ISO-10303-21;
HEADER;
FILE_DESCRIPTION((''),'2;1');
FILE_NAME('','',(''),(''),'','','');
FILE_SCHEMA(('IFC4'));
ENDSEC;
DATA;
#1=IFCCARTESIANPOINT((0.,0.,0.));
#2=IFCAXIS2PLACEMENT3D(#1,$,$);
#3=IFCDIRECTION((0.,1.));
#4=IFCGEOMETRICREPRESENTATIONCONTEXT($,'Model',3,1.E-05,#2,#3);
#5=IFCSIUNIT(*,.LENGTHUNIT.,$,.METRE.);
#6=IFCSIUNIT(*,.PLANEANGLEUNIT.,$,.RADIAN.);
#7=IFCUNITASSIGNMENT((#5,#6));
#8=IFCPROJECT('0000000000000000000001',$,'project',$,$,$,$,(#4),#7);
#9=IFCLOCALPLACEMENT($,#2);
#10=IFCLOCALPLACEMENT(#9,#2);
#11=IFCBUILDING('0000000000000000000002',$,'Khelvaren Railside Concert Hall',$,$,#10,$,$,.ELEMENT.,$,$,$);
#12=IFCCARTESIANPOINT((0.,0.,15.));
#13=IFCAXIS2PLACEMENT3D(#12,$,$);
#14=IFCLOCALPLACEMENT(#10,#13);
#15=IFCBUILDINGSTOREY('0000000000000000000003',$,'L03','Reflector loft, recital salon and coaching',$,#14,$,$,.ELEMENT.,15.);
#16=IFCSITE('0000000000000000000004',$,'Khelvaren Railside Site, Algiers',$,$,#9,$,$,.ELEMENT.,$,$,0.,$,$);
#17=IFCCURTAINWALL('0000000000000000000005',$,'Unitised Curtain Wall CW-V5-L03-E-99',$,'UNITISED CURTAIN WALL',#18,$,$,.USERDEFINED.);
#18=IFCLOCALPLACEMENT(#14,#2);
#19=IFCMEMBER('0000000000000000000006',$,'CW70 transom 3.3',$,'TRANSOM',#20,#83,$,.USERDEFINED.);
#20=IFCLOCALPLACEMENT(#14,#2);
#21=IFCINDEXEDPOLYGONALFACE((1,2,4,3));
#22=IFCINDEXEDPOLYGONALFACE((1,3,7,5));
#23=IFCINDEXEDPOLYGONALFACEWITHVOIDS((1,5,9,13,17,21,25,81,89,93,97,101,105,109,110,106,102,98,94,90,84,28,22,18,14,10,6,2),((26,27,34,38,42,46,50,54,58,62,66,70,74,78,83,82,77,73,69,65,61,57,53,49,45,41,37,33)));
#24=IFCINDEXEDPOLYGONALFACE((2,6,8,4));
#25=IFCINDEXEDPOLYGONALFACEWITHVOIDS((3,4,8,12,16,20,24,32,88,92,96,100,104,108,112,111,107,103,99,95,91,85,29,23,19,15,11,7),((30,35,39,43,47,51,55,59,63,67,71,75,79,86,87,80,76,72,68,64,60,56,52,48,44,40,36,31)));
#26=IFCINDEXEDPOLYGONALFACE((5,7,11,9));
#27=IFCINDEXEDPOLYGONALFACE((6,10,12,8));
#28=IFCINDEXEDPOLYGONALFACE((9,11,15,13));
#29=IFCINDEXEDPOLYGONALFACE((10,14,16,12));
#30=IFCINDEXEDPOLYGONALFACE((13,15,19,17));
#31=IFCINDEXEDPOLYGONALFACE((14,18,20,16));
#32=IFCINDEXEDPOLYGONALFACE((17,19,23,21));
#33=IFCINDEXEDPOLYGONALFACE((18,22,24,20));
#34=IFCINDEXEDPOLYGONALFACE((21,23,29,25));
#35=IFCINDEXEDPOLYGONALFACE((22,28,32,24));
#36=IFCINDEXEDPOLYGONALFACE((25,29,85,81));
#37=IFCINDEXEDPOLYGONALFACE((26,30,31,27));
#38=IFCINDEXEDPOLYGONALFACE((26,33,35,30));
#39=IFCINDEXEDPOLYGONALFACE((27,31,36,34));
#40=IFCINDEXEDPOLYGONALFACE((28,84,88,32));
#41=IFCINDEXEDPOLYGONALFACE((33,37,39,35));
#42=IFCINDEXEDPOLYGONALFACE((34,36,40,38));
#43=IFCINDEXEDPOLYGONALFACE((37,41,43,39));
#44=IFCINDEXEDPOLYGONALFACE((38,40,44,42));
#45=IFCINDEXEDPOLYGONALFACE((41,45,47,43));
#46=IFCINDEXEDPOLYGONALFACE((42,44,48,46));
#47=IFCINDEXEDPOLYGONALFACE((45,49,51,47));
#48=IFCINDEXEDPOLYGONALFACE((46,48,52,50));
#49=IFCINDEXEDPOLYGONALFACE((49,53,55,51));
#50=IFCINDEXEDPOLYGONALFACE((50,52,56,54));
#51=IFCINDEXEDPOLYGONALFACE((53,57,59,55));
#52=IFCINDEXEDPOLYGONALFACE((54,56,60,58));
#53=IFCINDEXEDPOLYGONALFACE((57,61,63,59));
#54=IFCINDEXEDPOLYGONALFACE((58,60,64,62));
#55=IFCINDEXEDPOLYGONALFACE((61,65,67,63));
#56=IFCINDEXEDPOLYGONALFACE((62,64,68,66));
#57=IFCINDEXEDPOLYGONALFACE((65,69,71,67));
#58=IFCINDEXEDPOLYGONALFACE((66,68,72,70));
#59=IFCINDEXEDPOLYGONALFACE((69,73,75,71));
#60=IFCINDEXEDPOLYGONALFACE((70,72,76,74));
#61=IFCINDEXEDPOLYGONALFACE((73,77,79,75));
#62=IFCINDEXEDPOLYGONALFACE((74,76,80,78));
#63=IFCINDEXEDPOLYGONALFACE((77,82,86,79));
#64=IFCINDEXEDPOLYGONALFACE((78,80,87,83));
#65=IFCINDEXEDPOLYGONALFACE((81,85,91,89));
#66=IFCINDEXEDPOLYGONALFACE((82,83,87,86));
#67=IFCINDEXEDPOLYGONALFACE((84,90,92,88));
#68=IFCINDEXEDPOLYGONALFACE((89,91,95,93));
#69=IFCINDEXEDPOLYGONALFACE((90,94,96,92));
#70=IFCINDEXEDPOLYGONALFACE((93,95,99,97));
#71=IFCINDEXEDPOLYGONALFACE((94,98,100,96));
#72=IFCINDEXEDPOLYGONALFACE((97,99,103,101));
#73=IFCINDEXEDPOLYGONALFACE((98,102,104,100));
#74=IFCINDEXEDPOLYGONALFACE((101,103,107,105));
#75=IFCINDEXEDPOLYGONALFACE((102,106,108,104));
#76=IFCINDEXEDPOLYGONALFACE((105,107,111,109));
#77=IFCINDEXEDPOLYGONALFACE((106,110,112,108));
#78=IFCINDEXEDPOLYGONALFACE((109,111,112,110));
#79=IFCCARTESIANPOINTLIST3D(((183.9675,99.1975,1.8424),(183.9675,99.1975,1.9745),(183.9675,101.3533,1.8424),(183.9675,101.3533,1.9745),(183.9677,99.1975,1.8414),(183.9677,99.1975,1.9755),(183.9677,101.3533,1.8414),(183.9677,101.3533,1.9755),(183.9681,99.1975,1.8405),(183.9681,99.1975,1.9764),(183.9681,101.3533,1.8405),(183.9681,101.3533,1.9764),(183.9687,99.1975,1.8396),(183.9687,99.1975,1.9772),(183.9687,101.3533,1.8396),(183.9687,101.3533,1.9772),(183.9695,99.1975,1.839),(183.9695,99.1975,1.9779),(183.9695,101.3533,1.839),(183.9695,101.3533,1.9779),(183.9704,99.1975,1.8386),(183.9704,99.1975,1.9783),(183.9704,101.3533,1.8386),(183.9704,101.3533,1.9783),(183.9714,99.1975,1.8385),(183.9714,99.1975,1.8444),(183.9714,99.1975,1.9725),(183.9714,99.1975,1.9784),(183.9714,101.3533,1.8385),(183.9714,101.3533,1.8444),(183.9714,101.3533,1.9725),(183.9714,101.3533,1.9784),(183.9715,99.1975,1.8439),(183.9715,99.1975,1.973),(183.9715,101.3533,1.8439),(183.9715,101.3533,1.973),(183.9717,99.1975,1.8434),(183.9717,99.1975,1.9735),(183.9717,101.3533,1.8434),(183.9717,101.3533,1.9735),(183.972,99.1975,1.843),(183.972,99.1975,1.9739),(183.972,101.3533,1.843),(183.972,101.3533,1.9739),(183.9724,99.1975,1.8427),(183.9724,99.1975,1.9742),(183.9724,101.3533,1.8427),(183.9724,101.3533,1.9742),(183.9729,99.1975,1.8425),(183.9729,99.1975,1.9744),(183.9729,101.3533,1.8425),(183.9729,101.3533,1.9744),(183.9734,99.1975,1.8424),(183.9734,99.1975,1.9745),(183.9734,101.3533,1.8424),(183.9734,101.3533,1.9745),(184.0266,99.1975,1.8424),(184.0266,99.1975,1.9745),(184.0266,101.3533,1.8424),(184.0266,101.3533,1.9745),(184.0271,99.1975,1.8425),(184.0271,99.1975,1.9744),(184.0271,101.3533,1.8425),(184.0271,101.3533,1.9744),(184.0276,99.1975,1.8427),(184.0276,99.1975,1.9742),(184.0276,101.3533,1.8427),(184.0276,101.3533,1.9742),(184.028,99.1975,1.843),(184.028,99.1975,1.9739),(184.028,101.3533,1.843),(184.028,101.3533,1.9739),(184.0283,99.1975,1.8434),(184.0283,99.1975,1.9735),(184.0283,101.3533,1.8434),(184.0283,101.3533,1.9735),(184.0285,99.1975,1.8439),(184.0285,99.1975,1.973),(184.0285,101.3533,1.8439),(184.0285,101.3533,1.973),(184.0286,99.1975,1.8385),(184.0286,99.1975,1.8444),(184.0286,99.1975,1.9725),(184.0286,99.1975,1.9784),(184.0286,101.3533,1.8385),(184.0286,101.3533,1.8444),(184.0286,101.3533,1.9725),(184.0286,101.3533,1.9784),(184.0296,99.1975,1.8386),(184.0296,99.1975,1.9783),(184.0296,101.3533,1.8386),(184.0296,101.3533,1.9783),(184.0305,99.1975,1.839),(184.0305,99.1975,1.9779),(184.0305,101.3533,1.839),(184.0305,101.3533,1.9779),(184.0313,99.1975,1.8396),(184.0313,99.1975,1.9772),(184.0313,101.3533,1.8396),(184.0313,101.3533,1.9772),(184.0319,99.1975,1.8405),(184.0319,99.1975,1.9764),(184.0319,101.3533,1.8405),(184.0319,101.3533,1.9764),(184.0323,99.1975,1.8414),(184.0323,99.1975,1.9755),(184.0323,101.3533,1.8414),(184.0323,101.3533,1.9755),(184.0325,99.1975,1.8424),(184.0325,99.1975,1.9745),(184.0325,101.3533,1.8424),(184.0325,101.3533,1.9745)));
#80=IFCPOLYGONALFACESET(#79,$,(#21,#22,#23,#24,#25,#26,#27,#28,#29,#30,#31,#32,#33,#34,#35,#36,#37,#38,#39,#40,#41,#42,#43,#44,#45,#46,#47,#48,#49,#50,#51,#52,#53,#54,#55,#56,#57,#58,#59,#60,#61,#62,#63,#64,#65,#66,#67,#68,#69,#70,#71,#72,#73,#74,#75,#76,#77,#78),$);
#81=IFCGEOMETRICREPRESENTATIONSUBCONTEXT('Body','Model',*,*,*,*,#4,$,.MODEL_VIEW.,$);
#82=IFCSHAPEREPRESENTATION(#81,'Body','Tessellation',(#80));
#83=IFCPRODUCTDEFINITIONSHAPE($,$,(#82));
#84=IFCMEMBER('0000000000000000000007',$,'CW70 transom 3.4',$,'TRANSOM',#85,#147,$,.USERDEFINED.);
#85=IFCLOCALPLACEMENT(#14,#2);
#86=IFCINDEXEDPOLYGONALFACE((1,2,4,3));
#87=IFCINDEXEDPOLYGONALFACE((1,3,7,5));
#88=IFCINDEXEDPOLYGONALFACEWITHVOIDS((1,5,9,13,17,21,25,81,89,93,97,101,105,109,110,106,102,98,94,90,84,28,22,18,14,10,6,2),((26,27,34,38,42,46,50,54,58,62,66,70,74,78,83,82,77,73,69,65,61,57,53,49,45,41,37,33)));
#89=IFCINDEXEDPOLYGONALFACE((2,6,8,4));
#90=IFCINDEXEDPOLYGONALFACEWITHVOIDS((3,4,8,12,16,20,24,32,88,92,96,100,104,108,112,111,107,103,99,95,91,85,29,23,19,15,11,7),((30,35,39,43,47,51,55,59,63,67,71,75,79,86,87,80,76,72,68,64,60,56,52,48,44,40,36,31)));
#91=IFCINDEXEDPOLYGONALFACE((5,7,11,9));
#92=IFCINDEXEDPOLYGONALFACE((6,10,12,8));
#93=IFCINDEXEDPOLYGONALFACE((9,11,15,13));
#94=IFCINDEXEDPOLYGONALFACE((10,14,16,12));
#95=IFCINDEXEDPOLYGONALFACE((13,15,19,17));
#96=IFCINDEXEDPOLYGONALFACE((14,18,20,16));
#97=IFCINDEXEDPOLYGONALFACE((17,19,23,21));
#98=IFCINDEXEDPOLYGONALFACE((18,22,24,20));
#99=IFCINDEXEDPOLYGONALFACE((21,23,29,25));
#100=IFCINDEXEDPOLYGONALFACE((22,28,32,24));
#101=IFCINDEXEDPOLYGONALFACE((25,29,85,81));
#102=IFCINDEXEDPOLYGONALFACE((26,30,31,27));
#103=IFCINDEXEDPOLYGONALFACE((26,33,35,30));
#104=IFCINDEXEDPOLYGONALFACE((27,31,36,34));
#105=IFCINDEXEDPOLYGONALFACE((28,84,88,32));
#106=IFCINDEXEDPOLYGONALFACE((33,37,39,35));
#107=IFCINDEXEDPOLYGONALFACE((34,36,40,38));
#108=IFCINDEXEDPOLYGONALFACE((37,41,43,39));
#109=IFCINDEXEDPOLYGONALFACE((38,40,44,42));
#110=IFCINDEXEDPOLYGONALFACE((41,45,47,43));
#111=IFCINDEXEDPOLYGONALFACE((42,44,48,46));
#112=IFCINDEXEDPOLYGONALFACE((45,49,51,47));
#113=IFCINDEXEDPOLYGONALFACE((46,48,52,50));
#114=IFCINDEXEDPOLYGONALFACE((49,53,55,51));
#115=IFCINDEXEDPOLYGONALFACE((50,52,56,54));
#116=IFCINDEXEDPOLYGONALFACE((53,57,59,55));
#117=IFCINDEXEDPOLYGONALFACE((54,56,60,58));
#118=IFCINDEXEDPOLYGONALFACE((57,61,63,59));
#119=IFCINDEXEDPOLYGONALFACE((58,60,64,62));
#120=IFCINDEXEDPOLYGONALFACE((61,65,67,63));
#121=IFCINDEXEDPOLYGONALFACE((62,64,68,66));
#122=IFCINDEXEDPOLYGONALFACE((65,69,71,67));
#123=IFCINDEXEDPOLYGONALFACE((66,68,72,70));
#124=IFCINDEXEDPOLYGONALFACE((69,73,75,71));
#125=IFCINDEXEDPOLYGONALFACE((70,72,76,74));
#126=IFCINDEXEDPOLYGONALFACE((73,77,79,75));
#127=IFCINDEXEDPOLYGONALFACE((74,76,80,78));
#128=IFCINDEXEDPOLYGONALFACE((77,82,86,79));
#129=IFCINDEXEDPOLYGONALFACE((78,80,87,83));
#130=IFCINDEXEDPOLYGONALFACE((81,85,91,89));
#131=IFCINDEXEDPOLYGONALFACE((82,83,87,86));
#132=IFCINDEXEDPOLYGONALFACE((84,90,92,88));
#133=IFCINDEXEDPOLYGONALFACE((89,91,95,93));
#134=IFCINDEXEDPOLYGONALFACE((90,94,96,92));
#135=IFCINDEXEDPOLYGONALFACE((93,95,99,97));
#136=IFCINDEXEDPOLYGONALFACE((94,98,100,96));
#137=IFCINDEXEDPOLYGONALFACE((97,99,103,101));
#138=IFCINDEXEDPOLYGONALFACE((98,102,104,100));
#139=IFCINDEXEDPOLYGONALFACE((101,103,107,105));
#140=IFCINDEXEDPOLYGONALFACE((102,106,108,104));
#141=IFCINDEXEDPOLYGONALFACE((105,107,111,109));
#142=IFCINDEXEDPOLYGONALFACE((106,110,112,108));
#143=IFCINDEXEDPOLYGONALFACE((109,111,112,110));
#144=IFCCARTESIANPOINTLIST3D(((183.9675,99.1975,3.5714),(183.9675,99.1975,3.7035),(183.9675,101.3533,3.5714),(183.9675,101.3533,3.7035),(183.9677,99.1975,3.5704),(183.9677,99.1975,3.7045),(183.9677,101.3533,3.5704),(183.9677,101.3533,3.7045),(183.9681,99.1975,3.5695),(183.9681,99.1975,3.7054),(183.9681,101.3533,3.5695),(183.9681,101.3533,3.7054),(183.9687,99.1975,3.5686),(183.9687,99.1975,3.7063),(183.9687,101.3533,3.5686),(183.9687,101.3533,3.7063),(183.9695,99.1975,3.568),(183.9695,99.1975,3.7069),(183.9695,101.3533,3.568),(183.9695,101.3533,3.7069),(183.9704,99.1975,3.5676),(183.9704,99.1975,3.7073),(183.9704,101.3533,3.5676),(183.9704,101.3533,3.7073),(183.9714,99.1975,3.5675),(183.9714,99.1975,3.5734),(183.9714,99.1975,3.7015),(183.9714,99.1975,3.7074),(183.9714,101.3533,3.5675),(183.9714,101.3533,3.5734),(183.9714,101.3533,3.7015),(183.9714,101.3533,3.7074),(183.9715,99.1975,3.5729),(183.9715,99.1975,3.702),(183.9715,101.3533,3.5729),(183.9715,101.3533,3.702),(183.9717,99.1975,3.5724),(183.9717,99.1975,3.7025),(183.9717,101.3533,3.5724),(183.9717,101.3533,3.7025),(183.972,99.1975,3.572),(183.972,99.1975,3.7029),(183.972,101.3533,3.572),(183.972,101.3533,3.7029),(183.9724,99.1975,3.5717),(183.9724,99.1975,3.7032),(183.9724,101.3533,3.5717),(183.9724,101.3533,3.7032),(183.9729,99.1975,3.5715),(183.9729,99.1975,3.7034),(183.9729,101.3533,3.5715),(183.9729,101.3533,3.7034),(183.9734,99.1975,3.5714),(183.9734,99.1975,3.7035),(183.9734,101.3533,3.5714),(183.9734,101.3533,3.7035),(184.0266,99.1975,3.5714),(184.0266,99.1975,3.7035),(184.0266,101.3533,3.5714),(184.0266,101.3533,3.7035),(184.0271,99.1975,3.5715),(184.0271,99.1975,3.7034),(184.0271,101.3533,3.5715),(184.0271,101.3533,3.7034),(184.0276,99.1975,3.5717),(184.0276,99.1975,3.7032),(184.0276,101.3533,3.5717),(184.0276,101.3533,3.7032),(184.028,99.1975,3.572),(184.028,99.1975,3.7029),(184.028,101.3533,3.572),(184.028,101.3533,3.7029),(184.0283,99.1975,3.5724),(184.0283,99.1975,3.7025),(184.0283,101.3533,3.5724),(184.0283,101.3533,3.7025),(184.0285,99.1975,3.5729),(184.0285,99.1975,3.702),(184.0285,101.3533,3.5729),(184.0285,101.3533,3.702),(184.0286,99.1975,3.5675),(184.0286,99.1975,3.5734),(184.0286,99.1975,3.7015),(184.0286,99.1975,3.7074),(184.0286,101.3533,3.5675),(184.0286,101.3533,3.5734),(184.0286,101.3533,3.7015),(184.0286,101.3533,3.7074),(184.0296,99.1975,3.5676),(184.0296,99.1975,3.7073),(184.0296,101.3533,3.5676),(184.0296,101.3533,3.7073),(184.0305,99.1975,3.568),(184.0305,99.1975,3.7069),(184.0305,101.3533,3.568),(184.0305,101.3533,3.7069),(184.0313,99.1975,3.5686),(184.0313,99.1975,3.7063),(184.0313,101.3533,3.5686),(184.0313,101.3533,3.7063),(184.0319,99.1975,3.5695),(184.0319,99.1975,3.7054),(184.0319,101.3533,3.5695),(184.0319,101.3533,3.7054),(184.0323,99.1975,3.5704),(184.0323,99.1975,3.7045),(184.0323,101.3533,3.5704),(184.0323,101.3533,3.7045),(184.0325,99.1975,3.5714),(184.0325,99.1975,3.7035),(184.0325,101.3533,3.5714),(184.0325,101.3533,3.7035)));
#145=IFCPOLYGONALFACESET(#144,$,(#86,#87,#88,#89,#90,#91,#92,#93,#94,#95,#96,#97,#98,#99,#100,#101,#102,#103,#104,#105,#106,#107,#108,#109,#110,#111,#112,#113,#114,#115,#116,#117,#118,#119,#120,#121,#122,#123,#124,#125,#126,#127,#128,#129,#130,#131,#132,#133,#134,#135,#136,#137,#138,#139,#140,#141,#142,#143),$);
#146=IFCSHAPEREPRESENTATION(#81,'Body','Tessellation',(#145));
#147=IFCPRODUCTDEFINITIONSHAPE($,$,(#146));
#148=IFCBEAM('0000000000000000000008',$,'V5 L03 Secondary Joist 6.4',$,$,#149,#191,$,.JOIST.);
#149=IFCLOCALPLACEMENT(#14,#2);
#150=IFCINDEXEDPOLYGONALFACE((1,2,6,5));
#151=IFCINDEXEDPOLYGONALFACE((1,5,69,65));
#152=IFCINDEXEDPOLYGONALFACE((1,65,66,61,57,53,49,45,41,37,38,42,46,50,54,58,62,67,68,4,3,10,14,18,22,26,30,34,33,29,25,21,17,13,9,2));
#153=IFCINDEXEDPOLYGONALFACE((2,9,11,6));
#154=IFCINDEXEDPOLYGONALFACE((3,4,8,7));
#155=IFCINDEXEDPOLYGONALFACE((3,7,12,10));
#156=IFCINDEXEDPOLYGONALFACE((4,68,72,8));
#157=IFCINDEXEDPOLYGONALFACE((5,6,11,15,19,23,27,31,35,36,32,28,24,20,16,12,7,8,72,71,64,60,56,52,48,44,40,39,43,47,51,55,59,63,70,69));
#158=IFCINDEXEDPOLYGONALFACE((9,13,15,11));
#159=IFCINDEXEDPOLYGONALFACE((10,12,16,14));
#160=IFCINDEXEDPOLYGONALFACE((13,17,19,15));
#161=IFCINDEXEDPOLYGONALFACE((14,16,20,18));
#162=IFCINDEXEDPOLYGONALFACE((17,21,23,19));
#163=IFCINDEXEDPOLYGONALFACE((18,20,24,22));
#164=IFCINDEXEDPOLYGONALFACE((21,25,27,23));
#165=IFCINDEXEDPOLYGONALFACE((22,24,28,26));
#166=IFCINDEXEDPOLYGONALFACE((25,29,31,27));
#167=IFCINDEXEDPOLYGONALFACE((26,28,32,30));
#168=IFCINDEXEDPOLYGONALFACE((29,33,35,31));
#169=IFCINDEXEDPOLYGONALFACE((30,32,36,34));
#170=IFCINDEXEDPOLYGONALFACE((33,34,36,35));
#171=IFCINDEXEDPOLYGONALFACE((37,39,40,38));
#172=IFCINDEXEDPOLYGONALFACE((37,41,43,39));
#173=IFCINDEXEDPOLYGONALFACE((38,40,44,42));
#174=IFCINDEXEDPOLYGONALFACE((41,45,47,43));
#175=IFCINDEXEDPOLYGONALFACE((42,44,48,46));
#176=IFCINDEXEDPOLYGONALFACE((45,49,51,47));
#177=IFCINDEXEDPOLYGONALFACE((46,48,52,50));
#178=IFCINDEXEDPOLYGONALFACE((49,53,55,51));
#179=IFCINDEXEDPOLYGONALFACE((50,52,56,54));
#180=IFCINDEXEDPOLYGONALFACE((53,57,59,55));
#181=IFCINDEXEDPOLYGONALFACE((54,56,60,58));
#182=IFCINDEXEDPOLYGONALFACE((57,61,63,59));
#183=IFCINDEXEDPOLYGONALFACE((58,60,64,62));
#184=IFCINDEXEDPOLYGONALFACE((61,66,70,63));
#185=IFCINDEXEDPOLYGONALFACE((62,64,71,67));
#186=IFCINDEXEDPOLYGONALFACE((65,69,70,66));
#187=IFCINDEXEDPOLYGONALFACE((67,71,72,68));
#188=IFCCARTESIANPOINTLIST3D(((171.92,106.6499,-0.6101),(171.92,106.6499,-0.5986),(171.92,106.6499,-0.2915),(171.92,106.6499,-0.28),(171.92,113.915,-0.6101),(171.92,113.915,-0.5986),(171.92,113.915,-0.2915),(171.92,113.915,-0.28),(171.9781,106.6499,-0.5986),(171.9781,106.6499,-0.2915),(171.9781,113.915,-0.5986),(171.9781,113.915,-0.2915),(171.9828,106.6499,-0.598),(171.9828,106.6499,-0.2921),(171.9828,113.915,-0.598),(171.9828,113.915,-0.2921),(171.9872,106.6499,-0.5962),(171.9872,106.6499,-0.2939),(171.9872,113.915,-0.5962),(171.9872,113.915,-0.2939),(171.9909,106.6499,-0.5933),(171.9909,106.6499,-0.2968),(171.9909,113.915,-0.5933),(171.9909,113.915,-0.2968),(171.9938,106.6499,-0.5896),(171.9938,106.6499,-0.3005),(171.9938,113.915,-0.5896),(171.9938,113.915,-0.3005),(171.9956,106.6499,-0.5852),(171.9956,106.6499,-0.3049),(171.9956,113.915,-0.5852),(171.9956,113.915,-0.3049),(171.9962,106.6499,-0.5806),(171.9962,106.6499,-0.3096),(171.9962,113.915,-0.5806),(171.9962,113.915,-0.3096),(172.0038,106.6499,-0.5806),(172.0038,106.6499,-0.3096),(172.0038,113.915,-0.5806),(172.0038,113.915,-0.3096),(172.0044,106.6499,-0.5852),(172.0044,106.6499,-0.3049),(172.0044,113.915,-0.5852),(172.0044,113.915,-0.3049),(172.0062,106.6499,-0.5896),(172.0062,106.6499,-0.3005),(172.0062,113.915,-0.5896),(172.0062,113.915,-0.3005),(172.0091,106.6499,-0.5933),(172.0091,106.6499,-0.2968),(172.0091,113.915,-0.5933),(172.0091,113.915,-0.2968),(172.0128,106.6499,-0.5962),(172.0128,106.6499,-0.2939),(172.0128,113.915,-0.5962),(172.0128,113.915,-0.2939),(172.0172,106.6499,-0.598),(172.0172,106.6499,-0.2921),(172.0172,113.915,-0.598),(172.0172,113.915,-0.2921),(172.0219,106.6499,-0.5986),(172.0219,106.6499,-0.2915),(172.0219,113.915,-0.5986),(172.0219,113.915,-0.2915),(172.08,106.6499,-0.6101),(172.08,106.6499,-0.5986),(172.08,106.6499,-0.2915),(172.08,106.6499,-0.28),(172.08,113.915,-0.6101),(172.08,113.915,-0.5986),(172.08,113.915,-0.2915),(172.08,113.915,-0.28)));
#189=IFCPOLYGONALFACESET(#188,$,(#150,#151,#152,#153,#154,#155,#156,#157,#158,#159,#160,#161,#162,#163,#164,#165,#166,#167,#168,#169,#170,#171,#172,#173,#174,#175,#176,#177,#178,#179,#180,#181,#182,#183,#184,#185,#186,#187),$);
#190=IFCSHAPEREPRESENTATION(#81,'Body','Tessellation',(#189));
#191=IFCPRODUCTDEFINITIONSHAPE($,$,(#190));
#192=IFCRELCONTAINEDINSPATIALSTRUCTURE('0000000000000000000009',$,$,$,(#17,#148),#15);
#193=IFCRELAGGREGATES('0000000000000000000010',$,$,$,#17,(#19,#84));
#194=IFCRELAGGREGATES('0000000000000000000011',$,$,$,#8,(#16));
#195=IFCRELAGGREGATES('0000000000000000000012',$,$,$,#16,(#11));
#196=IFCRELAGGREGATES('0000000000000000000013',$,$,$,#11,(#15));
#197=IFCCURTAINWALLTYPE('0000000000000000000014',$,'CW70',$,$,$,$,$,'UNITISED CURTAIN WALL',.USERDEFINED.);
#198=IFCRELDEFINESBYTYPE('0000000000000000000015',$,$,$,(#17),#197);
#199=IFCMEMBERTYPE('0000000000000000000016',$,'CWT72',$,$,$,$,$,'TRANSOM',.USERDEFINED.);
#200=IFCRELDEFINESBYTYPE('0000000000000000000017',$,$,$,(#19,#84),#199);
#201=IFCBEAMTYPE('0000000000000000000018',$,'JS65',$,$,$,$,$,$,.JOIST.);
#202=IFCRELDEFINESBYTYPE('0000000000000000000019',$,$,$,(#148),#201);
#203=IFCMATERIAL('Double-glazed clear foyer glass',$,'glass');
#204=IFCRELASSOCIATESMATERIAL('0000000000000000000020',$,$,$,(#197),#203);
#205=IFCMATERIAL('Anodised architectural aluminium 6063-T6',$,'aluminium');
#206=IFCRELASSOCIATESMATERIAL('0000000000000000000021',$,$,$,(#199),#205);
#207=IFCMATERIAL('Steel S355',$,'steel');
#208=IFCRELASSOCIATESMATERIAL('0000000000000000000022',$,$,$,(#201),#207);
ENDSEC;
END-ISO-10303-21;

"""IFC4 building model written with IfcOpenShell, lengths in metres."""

from ifc_helpers import new_model, si_unit, direction, frame, origin, origin_2d, place, context, subcontext, project, spatial, hollow_rectangle, i_section, extrude, material, material_profile, profile_set, type_object, element, aggregate, save


model = new_model("IFC4")

# Units and contexts
model_context = context("Model", 3, precision=1e-05, world=origin(), true_north=direction((0.0, 1.0)))
body_context = subcontext(model_context, "Body", "Model", "MODEL_VIEW")
ifc_project = project(units=[si_unit("LENGTHUNIT", "METRE"), si_unit("PLANEANGLEUNIT", "RADIAN")], contexts=[model_context])

# Site, building, storey
site_placement = place(None, origin())
site = spatial("IfcSite", under=ifc_project, at=site_placement, Name="Khelvaren Railside Site, Algiers", CompositionType="ELEMENT", RefElevation=0.0)
building_placement = place(site_placement, origin())
building = spatial("IfcBuilding", under=site, at=building_placement, Name="Khelvaren Railside Concert Hall", CompositionType="ELEMENT")
storey_placement = place(building_placement, frame((0.0, 0.0, 15.0)))
storey = spatial("IfcBuildingStorey", under=building, at=storey_placement, Name="L03", Description="Reflector loft, recital salon and coaching", CompositionType="ELEMENT", Elevation=15.0)

# Shared definitions
ifc_material_1 = material(Name="Steel S355", Category="steel")

# Curtain wall
ifc_material_2 = material(Name="Double-glazed clear foyer glass", Category="glass")
curtain_wall_type_1 = type_object("IfcCurtainWallType", Name="CW70", ElementType="UNITISED CURTAIN WALL", PredefinedType="USERDEFINED", material=ifc_material_2)
curtain_wall_1_placement = place(storey_placement, origin())
curtain_wall_1 = element("IfcCurtainWall", 1, at=curtain_wall_1_placement, inside=storey, type_object=curtain_wall_type_1, Name="Unitised Curtain Wall CW-V5-L03-E-99", ObjectType="UNITISED CURTAIN WALL", PredefinedType="USERDEFINED")
ifc_material_3 = material(Name="Anodised architectural aluminium 6063-T6", Category="aluminium")

# Members
ifc_material_profile_1 = material_profile(ifc_material_3, hollow_rectangle(XDim=0.0649, YDim=0.1399, WallThickness=0.0039, InnerFilletRadius=0.002, OuterFilletRadius=0.0039, at=origin_2d()), Name="CWT 65x140x4")
ifc_profile_set_1 = profile_set([ifc_material_profile_1], Name="Anodised architectural aluminium 6063-T6")
member_type_1 = type_object("IfcMemberType", Name="CWT72", ElementType="TRANSOM", PredefinedType="USERDEFINED", material=ifc_profile_set_1)
member_1_placement = place(storey_placement, frame((184.0, 101.3533, 1.9084), z_axis=(0.0, -1.0, 0.0), x_axis=(1.0, 0.0, 0.0)))
member_1 = element("IfcMember", 2, at=member_1_placement, type_object=member_type_1, Name="CW70 transom 3.3", ObjectType="TRANSOM", PredefinedType="USERDEFINED", context=body_context, shape_type="SweptSolid", body=[
    extrude(hollow_rectangle(XDim=0.0649, YDim=0.1399, WallThickness=0.0039, InnerFilletRadius=0.002, OuterFilletRadius=0.0039, at=origin_2d()), origin(), (0.0, 0.0, 1.0), 2.1558),
])
member_2_placement = place(storey_placement, frame((184.0, 101.3533, 3.6375), z_axis=(0.0, -1.0, 0.0), x_axis=(1.0, 0.0, 0.0)))
member_2 = element("IfcMember", 3, at=member_2_placement, type_object=member_type_1, Name="CW70 transom 3.4", ObjectType="TRANSOM", PredefinedType="USERDEFINED", context=body_context, shape_type="SweptSolid", body=[
    extrude(hollow_rectangle(XDim=0.0649, YDim=0.1399, WallThickness=0.0039, InnerFilletRadius=0.002, OuterFilletRadius=0.0039, at=origin_2d()), origin(), (0.0, 0.0, 1.0), 2.1558),
])

# Beam
ifc_material_profile_2 = material_profile(ifc_material_1, i_section(OverallWidth=0.1599, OverallDepth=0.3301, WebThickness=0.0076, FlangeThickness=0.0115, FilletRadius=0.0181, at=origin_2d()), Name="IPE 330")
ifc_profile_set_2 = profile_set([ifc_material_profile_2], Name="Steel S355")
beam_type_1 = type_object("IfcBeamType", Name="JS65", PredefinedType="JOIST", material=ifc_profile_set_2)
beam_1_placement = place(storey_placement, frame((172.0, 106.6499, -0.4451), z_axis=(0.0, 1.0, 0.0), x_axis=(-1.0, 0.0, 0.0)))
element("IfcBeam", 4, at=beam_1_placement, inside=storey, type_object=beam_type_1, Name="V5 L03 Secondary Joist 6.4", PredefinedType="JOIST", context=body_context, shape_type="SweptSolid", body=[
    extrude(i_section(OverallWidth=0.1599, OverallDepth=0.3301, WebThickness=0.0076, FlangeThickness=0.0115, FilletRadius=0.0181, at=origin_2d()), origin(), (0.0, 0.0, 1.0), 7.2651),
])

aggregate(curtain_wall_1, [member_1, member_2])

save(model, "model.ifc")
